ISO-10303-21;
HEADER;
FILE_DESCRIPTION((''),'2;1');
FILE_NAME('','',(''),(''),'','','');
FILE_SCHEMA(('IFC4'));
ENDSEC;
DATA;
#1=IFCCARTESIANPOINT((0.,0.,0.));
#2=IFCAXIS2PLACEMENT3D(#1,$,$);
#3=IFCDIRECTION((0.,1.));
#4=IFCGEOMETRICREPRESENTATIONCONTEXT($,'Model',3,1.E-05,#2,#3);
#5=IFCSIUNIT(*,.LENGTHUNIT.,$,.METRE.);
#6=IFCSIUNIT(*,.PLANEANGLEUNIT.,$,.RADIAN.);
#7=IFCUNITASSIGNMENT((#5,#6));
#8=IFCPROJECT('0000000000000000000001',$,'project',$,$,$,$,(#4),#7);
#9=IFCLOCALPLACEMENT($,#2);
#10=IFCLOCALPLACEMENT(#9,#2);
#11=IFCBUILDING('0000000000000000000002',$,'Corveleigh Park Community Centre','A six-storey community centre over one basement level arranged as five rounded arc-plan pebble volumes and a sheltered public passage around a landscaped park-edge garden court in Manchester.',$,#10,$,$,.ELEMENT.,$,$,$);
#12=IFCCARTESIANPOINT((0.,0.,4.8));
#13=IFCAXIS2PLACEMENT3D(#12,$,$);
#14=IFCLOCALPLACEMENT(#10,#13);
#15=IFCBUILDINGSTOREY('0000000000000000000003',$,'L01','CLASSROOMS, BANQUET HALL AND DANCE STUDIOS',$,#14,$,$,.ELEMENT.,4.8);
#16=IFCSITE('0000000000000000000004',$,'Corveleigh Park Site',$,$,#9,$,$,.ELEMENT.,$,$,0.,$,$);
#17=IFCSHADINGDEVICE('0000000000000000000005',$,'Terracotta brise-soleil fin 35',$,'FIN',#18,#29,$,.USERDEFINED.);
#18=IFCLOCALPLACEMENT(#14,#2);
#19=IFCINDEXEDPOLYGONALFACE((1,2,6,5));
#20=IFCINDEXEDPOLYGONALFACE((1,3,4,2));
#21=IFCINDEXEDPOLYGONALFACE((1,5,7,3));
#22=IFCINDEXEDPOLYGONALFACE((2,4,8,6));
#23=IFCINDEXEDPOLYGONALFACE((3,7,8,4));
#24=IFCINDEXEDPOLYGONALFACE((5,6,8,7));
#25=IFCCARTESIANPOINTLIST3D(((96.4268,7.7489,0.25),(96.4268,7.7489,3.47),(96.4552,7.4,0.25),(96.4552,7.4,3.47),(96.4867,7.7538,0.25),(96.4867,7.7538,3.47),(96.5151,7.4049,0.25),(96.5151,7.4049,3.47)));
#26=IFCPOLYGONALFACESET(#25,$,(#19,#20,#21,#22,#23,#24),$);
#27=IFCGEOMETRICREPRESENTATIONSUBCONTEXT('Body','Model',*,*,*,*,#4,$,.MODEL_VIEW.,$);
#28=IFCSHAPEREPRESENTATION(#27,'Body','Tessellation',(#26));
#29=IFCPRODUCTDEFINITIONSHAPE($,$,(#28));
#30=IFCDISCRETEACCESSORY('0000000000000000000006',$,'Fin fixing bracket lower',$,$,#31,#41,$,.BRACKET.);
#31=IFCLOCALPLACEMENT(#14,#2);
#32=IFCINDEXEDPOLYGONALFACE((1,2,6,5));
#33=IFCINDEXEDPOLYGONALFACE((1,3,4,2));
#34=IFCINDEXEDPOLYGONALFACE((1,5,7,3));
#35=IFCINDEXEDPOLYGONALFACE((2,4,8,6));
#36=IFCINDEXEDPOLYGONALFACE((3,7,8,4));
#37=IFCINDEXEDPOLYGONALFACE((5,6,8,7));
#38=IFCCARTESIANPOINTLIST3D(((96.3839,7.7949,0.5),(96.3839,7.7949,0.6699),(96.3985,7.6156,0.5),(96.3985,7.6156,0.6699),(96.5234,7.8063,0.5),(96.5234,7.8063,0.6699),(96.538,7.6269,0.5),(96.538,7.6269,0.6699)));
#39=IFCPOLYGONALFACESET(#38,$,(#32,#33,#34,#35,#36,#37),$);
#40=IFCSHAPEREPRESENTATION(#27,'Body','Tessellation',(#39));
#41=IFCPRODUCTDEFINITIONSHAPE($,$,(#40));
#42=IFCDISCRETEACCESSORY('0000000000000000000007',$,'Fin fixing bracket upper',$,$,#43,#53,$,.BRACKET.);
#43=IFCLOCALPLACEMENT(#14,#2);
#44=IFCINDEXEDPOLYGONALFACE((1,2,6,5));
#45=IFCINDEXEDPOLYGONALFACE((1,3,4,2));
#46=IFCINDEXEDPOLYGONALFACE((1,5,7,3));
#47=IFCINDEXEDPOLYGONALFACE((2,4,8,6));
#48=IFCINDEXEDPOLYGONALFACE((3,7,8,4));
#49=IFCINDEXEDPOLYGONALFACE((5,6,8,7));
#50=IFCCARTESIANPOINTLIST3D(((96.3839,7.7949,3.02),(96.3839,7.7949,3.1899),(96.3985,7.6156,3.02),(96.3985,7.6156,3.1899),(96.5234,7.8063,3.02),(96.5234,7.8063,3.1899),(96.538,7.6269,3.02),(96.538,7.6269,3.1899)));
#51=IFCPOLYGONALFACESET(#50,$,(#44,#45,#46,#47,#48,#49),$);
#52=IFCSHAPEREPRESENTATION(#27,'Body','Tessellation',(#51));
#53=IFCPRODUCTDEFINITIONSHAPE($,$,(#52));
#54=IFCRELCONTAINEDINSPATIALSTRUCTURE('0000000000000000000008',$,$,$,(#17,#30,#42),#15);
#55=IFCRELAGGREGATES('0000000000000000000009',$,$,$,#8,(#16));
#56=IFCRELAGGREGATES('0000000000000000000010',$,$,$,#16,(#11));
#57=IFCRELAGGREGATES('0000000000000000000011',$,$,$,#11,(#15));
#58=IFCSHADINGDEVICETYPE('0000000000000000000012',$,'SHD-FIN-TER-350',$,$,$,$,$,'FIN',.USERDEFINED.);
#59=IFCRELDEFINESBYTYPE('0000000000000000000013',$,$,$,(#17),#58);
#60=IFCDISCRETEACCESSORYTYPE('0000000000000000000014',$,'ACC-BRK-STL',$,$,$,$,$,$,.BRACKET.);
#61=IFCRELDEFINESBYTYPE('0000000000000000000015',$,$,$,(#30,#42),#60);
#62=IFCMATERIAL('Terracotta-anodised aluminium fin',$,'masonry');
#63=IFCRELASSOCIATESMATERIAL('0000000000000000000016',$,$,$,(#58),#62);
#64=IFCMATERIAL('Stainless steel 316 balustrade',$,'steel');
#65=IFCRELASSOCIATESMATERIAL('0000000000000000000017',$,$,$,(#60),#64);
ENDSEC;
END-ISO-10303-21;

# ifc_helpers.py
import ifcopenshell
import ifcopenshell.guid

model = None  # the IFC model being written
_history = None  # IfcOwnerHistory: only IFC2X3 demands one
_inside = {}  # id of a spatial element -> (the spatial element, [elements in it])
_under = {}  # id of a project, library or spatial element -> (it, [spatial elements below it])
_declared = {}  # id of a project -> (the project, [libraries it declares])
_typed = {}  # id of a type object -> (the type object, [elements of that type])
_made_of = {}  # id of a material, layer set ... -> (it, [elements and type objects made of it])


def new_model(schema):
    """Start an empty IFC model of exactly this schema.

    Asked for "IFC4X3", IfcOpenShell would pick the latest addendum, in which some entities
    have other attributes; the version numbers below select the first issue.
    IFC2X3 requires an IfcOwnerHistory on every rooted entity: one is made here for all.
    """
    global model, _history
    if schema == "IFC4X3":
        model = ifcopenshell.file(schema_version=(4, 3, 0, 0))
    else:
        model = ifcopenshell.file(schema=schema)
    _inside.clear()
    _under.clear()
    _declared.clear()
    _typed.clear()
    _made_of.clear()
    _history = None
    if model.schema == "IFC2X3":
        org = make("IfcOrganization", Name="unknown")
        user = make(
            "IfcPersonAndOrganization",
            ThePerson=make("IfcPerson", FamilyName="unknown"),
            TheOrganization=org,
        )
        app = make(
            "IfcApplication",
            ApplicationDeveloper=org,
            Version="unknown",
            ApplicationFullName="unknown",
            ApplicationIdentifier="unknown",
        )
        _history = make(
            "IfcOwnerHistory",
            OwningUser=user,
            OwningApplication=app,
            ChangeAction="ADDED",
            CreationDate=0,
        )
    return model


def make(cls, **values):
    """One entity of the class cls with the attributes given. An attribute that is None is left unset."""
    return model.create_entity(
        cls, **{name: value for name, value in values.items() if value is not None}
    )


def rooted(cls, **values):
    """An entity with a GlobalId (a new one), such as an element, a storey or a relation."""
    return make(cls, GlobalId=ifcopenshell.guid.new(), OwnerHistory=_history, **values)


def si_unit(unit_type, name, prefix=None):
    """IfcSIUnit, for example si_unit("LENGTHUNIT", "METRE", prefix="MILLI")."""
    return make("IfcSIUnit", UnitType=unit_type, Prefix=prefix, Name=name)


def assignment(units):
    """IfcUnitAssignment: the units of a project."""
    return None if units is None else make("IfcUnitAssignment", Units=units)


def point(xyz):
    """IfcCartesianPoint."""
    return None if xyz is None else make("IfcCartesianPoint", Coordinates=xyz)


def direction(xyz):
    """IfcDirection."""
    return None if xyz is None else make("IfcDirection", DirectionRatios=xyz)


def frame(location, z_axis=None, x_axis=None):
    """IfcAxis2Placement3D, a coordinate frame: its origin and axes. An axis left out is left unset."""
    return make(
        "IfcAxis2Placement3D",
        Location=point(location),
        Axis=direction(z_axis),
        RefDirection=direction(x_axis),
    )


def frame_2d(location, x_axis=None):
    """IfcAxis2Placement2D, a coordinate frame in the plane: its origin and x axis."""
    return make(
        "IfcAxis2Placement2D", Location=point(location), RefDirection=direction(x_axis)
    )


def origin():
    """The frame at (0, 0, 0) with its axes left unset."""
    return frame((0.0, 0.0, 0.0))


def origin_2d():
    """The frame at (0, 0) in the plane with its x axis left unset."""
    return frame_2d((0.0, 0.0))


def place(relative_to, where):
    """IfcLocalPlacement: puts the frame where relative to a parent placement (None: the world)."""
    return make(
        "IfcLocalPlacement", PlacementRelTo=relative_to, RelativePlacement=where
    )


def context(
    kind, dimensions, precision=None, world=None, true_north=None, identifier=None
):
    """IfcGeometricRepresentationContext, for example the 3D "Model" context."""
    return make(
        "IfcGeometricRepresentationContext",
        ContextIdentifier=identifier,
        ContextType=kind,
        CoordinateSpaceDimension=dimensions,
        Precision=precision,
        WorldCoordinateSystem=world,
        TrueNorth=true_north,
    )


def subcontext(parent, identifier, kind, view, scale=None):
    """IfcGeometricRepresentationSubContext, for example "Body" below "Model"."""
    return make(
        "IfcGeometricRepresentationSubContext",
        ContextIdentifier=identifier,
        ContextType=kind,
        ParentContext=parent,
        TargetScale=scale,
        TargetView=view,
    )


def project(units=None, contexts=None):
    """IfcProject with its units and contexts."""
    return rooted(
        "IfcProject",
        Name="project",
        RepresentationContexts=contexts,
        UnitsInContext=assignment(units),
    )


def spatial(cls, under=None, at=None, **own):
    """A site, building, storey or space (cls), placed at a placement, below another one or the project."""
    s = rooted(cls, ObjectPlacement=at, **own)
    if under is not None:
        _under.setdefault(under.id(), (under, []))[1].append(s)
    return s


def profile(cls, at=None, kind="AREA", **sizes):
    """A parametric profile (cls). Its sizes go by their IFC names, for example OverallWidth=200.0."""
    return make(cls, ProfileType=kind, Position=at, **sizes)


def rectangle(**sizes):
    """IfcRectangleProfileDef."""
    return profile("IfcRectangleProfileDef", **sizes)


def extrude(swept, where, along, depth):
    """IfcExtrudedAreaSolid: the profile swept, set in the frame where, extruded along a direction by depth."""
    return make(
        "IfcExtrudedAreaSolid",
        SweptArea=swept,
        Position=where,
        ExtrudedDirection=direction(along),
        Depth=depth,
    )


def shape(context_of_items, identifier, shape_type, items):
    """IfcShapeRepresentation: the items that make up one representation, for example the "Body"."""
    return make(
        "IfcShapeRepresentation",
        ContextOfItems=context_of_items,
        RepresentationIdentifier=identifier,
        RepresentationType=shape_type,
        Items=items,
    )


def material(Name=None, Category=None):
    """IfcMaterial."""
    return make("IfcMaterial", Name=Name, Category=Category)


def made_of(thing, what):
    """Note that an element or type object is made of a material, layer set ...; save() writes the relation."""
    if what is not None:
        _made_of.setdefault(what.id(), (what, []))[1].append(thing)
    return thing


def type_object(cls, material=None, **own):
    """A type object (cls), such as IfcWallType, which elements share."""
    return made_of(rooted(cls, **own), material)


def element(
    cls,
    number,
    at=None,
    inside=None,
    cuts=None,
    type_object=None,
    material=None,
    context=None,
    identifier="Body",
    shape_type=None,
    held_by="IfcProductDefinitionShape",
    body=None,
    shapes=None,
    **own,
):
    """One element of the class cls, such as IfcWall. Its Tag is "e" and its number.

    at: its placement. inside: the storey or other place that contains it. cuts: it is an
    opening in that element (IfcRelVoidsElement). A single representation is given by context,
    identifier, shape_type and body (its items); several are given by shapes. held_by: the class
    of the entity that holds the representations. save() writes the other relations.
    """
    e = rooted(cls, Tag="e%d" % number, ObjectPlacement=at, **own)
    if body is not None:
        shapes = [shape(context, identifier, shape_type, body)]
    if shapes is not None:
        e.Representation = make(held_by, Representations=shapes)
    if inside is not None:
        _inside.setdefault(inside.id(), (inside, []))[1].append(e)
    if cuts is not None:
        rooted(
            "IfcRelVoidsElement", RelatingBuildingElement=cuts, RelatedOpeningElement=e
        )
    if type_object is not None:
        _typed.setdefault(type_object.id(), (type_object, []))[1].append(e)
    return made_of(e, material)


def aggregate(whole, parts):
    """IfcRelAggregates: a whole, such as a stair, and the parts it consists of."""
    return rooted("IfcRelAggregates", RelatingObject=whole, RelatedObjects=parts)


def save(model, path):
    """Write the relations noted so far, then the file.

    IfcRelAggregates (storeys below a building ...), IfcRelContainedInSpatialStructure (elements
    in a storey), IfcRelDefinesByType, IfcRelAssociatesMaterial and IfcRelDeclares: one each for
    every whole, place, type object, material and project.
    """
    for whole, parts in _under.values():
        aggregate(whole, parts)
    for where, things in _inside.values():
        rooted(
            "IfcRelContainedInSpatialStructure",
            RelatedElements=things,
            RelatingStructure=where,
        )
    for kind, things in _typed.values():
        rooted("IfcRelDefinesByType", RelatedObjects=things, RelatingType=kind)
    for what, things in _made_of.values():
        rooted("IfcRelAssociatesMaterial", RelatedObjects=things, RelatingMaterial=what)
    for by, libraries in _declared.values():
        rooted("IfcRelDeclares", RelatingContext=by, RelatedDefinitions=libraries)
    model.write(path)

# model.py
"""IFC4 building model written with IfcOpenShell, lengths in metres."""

from ifc_helpers import new_model, si_unit, direction, frame, origin, origin_2d, place, context, subcontext, project, spatial, rectangle, extrude, material, type_object, element, save


model = new_model("IFC4")

# Units and contexts
model_context = context("Model", 3, precision=1e-05, world=origin(), true_north=direction((0.0, 1.0)))
body_context = subcontext(model_context, "Body", "Model", "MODEL_VIEW")
ifc_project = project(units=[si_unit("LENGTHUNIT", "METRE"), si_unit("PLANEANGLEUNIT", "RADIAN")], contexts=[model_context])

# Site, building, storey
site_placement = place(None, origin())
site = spatial("IfcSite", under=ifc_project, at=site_placement, Name="Corveleigh Park Site", CompositionType="ELEMENT", RefElevation=0.0)
building_placement = place(site_placement, origin())
building = spatial("IfcBuilding", under=site, at=building_placement, Name="Corveleigh Park Community Centre", Description="A six-storey community centre over one basement level arranged as five rounded arc-plan pebble volumes and a sheltered public passage around a landscaped park-edge garden court in Manchester.", CompositionType="ELEMENT")
storey_placement = place(building_placement, frame((0.0, 0.0, 4.8)))
storey = spatial("IfcBuildingStorey", under=building, at=storey_placement, Name="L01", Description="CLASSROOMS, BANQUET HALL AND DANCE STUDIOS", CompositionType="ELEMENT", Elevation=4.8)

# Shading device
ifc_material_1 = material(Name="Terracotta-anodised aluminium fin", Category="masonry")
shading_device_type = type_object("IfcShadingDeviceType", Name="SHD-FIN-TER-350", ElementType="FIN", PredefinedType="USERDEFINED", material=ifc_material_1)
shading_device_placement = place(storey_placement, frame((96.4709, 7.5769, 0.25), z_axis=(0.0, 0.0, 1.0), x_axis=(0.081122, -0.996704, 0.0)))
element("IfcShadingDevice", 1, at=shading_device_placement, inside=storey, type_object=shading_device_type, Name="Terracotta brise-soleil fin 35", ObjectType="FIN", PredefinedType="USERDEFINED", context=body_context, shape_type="SweptSolid", body=[
    extrude(rectangle(XDim=0.3501, YDim=0.0601, at=origin_2d()), origin(), (0.0, 0.0, 1.0), 3.22),
])

# Discrete accessories
ifc_material_2 = material(Name="Stainless steel 316 balustrade", Category="steel")
discrete_accessory_type = type_object("IfcDiscreteAccessoryType", Name="ACC-BRK-STL", PredefinedType="BRACKET", material=ifc_material_2)
for number, where, z_axis, x_axis, name in (
    (2, (96.4609, 7.7109, 0.5), (0.0, 0.0, 1.0), (0.081122, -0.996704, 0.0), "Fin fixing bracket lower"),
    (3, (96.4609, 7.7109, 3.02), (0.0, 0.0, 1.0), (0.081122, -0.996704, 0.0), "Fin fixing bracket upper"),
):
    element("IfcDiscreteAccessory", number, at=place(storey_placement, frame(where, z_axis=z_axis, x_axis=x_axis)), inside=storey, type_object=discrete_accessory_type, Name=name, PredefinedType="BRACKET", context=body_context, shape_type="SweptSolid", body=[
        extrude(rectangle(XDim=0.1799, YDim=0.1399, at=origin_2d()), origin(), (0.0, 0.0, 1.0), 0.1699),
    ])

save(model, "model.ifc")
